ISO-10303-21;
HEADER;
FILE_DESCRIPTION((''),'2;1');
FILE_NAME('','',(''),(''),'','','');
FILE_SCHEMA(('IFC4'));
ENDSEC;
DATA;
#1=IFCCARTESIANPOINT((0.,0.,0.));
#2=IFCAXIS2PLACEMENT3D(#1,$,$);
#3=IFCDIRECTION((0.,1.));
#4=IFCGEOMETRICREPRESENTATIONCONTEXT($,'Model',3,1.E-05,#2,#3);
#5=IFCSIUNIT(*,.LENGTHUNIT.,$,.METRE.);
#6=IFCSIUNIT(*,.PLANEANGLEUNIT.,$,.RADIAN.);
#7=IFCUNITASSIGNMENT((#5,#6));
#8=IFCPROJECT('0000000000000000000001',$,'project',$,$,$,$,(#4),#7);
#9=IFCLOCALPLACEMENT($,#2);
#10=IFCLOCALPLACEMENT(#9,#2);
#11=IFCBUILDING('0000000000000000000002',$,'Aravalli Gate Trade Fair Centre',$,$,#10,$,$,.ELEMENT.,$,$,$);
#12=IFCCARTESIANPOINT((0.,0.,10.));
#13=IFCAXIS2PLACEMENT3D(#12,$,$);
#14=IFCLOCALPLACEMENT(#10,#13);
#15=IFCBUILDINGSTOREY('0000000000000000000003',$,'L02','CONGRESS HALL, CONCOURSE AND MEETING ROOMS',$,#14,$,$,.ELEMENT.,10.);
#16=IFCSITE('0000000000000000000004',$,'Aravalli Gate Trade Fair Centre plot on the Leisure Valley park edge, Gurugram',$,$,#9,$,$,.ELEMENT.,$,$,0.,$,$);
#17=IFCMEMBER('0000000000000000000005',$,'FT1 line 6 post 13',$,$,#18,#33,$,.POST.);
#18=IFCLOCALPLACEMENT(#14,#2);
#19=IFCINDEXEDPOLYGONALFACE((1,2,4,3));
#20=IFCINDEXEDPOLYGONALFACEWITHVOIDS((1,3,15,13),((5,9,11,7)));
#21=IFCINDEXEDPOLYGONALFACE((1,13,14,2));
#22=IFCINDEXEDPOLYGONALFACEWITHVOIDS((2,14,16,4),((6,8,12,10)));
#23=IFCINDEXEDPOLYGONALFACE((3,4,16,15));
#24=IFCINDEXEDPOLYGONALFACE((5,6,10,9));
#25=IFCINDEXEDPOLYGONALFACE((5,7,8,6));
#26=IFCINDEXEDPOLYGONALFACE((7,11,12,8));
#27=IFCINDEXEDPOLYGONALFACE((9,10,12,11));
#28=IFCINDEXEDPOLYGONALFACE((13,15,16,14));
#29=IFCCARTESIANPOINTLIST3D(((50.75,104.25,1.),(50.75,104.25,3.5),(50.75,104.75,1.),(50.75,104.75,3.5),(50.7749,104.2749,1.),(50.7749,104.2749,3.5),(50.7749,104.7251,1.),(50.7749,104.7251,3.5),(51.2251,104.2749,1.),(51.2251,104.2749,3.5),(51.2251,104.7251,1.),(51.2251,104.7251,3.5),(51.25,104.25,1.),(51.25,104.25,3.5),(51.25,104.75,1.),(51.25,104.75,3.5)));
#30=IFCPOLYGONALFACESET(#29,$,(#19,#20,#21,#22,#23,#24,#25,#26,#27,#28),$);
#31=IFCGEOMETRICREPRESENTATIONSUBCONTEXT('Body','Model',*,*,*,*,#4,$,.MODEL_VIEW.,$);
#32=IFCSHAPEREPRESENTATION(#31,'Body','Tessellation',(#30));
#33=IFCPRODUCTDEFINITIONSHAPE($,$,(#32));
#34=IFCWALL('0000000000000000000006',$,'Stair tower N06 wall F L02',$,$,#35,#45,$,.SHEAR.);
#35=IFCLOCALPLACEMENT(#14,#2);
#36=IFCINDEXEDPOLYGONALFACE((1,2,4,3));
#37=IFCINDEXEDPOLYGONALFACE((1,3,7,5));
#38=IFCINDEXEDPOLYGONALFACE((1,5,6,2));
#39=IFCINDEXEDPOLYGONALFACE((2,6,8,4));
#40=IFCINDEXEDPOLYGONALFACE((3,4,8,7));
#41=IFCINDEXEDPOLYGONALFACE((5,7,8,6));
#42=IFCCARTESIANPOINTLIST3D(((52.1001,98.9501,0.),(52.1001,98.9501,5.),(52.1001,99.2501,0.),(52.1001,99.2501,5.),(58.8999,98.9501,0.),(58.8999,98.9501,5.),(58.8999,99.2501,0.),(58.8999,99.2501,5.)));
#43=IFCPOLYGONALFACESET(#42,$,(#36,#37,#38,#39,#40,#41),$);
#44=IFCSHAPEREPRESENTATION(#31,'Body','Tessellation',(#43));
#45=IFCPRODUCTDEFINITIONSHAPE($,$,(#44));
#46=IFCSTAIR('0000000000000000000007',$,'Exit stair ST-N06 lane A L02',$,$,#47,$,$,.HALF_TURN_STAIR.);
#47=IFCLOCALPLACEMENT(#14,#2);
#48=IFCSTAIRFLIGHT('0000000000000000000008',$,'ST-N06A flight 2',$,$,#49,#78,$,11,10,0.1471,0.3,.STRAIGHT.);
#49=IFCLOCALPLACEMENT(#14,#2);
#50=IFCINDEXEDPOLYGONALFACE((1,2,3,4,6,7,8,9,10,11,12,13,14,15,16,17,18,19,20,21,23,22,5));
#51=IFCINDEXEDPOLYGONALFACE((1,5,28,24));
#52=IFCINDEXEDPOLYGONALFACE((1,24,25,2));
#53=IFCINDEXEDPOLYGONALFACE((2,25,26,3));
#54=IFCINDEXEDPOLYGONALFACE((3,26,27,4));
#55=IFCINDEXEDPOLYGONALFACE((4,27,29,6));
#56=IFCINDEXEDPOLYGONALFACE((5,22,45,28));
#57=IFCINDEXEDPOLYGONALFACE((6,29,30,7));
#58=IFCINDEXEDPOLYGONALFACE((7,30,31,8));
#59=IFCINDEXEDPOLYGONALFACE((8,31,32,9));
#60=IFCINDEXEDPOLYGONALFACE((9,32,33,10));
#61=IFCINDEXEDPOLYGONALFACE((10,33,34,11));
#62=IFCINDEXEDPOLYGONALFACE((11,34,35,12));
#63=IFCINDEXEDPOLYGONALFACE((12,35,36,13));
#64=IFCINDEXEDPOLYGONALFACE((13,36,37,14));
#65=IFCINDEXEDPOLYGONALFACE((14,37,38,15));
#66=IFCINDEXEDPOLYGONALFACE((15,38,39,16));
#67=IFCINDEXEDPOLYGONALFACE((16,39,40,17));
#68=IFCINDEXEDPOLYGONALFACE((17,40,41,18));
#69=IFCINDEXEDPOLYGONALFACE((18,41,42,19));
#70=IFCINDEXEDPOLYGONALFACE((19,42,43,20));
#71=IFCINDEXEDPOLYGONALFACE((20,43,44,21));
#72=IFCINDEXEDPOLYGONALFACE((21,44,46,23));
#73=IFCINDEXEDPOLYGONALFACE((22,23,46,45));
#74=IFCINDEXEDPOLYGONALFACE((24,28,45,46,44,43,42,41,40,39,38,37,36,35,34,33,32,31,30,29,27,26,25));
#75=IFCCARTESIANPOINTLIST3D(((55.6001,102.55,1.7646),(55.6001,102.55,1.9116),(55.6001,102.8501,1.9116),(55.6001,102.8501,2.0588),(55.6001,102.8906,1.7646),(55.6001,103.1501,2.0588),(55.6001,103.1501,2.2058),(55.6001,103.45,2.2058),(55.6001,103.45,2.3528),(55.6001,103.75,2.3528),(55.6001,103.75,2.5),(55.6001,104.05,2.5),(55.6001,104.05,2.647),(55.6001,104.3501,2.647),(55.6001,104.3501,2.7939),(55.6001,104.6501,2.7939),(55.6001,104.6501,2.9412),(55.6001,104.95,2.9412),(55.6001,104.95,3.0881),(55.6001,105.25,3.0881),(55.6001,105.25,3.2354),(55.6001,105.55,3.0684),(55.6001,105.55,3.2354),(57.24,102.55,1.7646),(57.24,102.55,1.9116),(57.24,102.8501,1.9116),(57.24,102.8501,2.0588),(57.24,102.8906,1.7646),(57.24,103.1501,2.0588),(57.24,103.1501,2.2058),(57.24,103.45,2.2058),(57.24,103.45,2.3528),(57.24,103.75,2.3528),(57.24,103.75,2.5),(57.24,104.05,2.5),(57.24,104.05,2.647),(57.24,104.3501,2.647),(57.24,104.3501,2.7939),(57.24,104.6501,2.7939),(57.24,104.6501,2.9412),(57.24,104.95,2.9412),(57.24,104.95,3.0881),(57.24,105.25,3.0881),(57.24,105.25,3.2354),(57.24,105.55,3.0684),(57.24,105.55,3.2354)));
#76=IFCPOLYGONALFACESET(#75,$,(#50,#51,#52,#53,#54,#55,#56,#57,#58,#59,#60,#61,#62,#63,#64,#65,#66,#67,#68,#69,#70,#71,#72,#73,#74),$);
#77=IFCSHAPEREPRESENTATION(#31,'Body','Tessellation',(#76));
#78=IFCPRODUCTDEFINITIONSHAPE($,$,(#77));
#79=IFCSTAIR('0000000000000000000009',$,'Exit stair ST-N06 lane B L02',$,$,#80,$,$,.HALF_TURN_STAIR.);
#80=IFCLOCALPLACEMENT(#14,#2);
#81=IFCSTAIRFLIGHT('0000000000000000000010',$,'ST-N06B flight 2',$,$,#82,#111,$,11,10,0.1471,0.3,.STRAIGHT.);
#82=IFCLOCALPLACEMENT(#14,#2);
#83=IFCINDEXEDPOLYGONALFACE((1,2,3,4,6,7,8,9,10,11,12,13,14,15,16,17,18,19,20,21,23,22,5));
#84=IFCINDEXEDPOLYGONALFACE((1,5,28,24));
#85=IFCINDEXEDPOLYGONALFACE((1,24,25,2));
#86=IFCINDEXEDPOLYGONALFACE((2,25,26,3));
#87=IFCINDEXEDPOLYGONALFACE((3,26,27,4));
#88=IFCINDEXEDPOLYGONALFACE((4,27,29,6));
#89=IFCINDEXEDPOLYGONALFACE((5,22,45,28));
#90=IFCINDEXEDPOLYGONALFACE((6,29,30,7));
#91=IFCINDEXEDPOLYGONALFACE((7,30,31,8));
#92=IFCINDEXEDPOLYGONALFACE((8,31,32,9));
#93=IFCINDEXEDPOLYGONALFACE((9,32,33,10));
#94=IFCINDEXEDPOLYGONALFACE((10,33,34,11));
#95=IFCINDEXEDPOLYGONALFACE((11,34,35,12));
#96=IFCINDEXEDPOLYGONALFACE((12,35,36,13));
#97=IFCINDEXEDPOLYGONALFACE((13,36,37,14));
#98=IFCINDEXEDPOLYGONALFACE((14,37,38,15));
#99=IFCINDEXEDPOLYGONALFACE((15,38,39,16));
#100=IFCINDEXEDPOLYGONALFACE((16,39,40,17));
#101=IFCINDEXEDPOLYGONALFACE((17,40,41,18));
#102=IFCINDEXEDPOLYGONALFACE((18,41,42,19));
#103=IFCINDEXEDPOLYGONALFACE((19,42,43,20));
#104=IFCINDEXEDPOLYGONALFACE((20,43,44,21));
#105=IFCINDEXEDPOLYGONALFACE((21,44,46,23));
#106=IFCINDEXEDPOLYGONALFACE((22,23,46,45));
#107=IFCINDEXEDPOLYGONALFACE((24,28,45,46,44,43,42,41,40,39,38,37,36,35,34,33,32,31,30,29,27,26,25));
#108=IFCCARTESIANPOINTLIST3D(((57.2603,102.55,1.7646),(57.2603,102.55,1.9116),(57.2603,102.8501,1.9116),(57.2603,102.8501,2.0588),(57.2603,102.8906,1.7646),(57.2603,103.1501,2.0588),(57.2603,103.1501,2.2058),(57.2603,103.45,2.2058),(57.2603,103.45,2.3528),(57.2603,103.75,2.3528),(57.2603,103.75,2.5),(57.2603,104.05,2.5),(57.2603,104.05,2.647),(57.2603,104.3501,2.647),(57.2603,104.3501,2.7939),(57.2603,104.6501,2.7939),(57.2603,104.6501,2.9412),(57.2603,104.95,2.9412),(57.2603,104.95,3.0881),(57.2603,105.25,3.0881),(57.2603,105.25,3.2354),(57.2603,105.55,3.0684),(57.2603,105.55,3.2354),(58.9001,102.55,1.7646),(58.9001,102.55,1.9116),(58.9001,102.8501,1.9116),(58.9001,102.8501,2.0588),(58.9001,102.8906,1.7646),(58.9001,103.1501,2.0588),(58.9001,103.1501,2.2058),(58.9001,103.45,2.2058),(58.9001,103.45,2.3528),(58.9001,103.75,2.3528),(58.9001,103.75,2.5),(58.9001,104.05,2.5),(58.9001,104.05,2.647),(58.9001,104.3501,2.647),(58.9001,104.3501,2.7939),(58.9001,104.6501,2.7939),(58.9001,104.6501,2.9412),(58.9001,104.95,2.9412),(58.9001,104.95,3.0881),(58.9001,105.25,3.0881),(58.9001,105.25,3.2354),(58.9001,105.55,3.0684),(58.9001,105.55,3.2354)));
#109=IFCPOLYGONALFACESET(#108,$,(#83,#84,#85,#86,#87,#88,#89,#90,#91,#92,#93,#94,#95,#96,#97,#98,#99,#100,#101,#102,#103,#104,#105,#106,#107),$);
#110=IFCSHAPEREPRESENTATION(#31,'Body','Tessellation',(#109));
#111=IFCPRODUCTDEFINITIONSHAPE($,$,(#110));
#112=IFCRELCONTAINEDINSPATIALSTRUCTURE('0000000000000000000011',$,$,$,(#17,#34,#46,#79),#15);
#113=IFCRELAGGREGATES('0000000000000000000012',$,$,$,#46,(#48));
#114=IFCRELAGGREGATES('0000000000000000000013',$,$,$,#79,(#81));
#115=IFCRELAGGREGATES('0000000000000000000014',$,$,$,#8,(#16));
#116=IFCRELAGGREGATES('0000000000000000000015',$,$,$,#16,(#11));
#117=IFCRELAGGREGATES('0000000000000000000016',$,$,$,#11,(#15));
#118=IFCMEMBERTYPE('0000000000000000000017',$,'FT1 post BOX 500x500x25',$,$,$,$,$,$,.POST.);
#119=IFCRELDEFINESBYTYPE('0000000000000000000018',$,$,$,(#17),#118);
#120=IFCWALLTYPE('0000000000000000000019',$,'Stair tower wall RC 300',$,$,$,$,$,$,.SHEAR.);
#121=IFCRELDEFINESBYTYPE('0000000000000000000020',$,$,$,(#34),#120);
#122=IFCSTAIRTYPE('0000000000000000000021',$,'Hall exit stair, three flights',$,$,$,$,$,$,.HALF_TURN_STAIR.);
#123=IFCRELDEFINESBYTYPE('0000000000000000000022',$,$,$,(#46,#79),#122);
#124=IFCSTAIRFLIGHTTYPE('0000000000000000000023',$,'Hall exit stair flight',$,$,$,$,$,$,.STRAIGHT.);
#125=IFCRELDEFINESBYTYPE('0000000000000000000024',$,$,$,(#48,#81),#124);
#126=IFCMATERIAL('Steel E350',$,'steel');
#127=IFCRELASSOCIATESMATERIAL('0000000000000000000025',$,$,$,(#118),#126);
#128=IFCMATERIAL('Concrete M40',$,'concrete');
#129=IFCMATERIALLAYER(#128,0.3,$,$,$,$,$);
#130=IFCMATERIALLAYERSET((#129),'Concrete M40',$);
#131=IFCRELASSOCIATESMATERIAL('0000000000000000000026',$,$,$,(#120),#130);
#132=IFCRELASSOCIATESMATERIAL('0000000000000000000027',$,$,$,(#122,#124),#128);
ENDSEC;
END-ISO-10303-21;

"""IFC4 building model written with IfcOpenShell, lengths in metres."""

from ifc_helpers import new_model, si_unit, direction, frame, frame_2d, origin, origin_2d, place, context, subcontext, project, spatial, polyline, rectangle, hollow_rectangle, outline, extrude, material, layer, layer_set, material_profile, profile_set, type_object, element, aggregate, save


model = new_model("IFC4")

# Units and contexts
model_context = context("Model", 3, precision=1e-05, world=origin(), true_north=direction((0.0, 1.0)))
body_context = subcontext(model_context, "Body", "Model", "MODEL_VIEW")
ifc_project = project(units=[si_unit("LENGTHUNIT", "METRE"), si_unit("PLANEANGLEUNIT", "RADIAN")], contexts=[model_context])

# Site, building, storey
site_placement = place(None, origin())
site = spatial("IfcSite", under=ifc_project, at=site_placement, Name="Aravalli Gate Trade Fair Centre plot on the Leisure Valley park edge, Gurugram", CompositionType="ELEMENT", RefElevation=0.0)
building_placement = place(site_placement, origin())
building = spatial("IfcBuilding", under=site, at=building_placement, Name="Aravalli Gate Trade Fair Centre", CompositionType="ELEMENT")
storey_placement = place(building_placement, frame((0.0, 0.0, 10.0)))
storey = spatial("IfcBuildingStorey", under=building, at=storey_placement, Name="L02", Description="CONGRESS HALL, CONCOURSE AND MEETING ROOMS", CompositionType="ELEMENT", Elevation=10.0)

# Member
ifc_material_1 = material(Name="Steel E350", Category="steel")
ifc_material_profile_1 = material_profile(ifc_material_1, hollow_rectangle(XDim=0.5, YDim=0.5, WallThickness=0.0249, at=origin_2d()), Name="BOX 500x500x25")
ifc_profile_set_1 = profile_set([ifc_material_profile_1], Name="Steel E350")
member_type_1 = type_object("IfcMemberType", Name="FT1 post BOX 500x500x25", PredefinedType="POST", material=ifc_profile_set_1)
for number, where, z_axis, x_axis, name in (
    (1, (51.0, 104.5, 1.0), (0.0, 0.0, 1.0), (1.0, 0.0, 0.0), "FT1 line 6 post 13"),
):
    element("IfcMember", number, at=place(storey_placement, frame(where, z_axis=z_axis, x_axis=x_axis)), inside=storey, type_object=member_type_1, Name=name, PredefinedType="POST", context=body_context, shape_type="SweptSolid", body=[
        extrude(hollow_rectangle(XDim=0.5, YDim=0.5, WallThickness=0.0249, at=origin_2d()), origin(), (0.0, 0.0, 1.0), 2.5),
    ])

# Wall
ifc_material_2 = material(Name="Concrete M40", Category="concrete")
ifc_layer_1 = layer(ifc_material_2, 0.3)
ifc_layer_set_1 = layer_set([ifc_layer_1], Name="Concrete M40")
wall_type = type_object("IfcWallType", Name="Stair tower wall RC 300", PredefinedType="SHEAR", material=ifc_layer_set_1)
wall_placement = place(storey_placement, frame((52.1001, 99.1001, 0.0), z_axis=(0.0, 0.0, 1.0), x_axis=(1.0, 0.0, 0.0)))
element("IfcWall", 2, at=wall_placement, inside=storey, type_object=wall_type, Name="Stair tower N06 wall F L02", PredefinedType="SHEAR", context=body_context, shape_type="SweptSolid", body=[
    extrude(rectangle(XDim=6.7998, YDim=0.3, at=frame_2d((3.3999, 0.0))), origin(), (0.0, 0.0, 1.0), 5.0),
])

# Stairs, stair flights
stair_type = type_object("IfcStairType", Name="Hall exit stair, three flights", PredefinedType="HALF_TURN_STAIR", material=ifc_material_2)
stair_1_placement = place(storey_placement, origin())
stair_1 = element("IfcStair", 3, at=stair_1_placement, inside=storey, type_object=stair_type, Name="Exit stair ST-N06 lane A L02", PredefinedType="HALF_TURN_STAIR")
stair_flight_type = type_object("IfcStairFlightType", Name="Hall exit stair flight", PredefinedType="STRAIGHT", material=ifc_material_2)
stair_flight_1_placement = place(storey_placement, frame((56.4199, 102.55, 1.7646), z_axis=(0.0, 0.0, 1.0), x_axis=(0.0, 1.0, 0.0)))
stair_flight_1 = element("IfcStairFlight", 4, at=stair_flight_1_placement, type_object=stair_flight_type, Name="ST-N06A flight 2", NumberOfRisers=11, NumberOfTreads=10, PredefinedType="STRAIGHT", RiserHeight=0.1471, TreadLength=0.3, context=body_context, shape_type="SweptSolid", body=[
    extrude(outline(polyline([(0.0, 0.0), (0.0, 0.147), (0.3, 0.147), (0.3, 0.2942), (0.6001, 0.2942), (0.6001, 0.4412), (0.8999, 0.4412), (0.8999, 0.5881), (1.2, 0.5881), (1.2, 0.7354), (1.5, 0.7354), (1.5, 0.8823), (1.8, 0.8823), (1.8, 1.0293), (2.1001, 1.0293), (2.1001, 1.1765), (2.3999, 1.1765), (2.3999, 1.3235), (2.7, 1.3235), (2.7, 1.4707), (3.0, 1.4707), (3.0, 1.6177), (3.0, 1.3037), (0.3406, 0.0), (0.0, 0.0)])), frame((0.0, 0.8198, 0.0), z_axis=(0.0, -1.0, 0.0), x_axis=(1.0, 0.0, 0.0)), (0.0, 0.0, 1.0), 1.6399),
])
aggregate(stair_1, [stair_flight_1])
stair_2_placement = place(storey_placement, origin())
stair_2 = element("IfcStair", 5, at=stair_2_placement, inside=storey, type_object=stair_type, Name="Exit stair ST-N06 lane B L02", PredefinedType="HALF_TURN_STAIR")
stair_flight_2_placement = place(storey_placement, frame((58.0801, 102.55, 1.7646), z_axis=(0.0, 0.0, 1.0), x_axis=(0.0, 1.0, 0.0)))
stair_flight_2 = element("IfcStairFlight", 6, at=stair_flight_2_placement, type_object=stair_flight_type, Name="ST-N06B flight 2", NumberOfRisers=11, NumberOfTreads=10, PredefinedType="STRAIGHT", RiserHeight=0.1471, TreadLength=0.3, context=body_context, shape_type="SweptSolid", body=[
    extrude(outline(polyline([(0.0, 0.0), (0.0, 0.147), (0.3, 0.147), (0.3, 0.2942), (0.6001, 0.2942), (0.6001, 0.4412), (0.8999, 0.4412), (0.8999, 0.5881), (1.2, 0.5881), (1.2, 0.7354), (1.5, 0.7354), (1.5, 0.8823), (1.8, 0.8823), (1.8, 1.0293), (2.1001, 1.0293), (2.1001, 1.1765), (2.3999, 1.1765), (2.3999, 1.3235), (2.7, 1.3235), (2.7, 1.4707), (3.0, 1.4707), (3.0, 1.6177), (3.0, 1.3037), (0.3406, 0.0), (0.0, 0.0)])), frame((0.0, 0.8198, 0.0), z_axis=(0.0, -1.0, 0.0), x_axis=(1.0, 0.0, 0.0)), (0.0, 0.0, 1.0), 1.6399),
])
aggregate(stair_2, [stair_flight_2])

save(model, "model.ifc")
